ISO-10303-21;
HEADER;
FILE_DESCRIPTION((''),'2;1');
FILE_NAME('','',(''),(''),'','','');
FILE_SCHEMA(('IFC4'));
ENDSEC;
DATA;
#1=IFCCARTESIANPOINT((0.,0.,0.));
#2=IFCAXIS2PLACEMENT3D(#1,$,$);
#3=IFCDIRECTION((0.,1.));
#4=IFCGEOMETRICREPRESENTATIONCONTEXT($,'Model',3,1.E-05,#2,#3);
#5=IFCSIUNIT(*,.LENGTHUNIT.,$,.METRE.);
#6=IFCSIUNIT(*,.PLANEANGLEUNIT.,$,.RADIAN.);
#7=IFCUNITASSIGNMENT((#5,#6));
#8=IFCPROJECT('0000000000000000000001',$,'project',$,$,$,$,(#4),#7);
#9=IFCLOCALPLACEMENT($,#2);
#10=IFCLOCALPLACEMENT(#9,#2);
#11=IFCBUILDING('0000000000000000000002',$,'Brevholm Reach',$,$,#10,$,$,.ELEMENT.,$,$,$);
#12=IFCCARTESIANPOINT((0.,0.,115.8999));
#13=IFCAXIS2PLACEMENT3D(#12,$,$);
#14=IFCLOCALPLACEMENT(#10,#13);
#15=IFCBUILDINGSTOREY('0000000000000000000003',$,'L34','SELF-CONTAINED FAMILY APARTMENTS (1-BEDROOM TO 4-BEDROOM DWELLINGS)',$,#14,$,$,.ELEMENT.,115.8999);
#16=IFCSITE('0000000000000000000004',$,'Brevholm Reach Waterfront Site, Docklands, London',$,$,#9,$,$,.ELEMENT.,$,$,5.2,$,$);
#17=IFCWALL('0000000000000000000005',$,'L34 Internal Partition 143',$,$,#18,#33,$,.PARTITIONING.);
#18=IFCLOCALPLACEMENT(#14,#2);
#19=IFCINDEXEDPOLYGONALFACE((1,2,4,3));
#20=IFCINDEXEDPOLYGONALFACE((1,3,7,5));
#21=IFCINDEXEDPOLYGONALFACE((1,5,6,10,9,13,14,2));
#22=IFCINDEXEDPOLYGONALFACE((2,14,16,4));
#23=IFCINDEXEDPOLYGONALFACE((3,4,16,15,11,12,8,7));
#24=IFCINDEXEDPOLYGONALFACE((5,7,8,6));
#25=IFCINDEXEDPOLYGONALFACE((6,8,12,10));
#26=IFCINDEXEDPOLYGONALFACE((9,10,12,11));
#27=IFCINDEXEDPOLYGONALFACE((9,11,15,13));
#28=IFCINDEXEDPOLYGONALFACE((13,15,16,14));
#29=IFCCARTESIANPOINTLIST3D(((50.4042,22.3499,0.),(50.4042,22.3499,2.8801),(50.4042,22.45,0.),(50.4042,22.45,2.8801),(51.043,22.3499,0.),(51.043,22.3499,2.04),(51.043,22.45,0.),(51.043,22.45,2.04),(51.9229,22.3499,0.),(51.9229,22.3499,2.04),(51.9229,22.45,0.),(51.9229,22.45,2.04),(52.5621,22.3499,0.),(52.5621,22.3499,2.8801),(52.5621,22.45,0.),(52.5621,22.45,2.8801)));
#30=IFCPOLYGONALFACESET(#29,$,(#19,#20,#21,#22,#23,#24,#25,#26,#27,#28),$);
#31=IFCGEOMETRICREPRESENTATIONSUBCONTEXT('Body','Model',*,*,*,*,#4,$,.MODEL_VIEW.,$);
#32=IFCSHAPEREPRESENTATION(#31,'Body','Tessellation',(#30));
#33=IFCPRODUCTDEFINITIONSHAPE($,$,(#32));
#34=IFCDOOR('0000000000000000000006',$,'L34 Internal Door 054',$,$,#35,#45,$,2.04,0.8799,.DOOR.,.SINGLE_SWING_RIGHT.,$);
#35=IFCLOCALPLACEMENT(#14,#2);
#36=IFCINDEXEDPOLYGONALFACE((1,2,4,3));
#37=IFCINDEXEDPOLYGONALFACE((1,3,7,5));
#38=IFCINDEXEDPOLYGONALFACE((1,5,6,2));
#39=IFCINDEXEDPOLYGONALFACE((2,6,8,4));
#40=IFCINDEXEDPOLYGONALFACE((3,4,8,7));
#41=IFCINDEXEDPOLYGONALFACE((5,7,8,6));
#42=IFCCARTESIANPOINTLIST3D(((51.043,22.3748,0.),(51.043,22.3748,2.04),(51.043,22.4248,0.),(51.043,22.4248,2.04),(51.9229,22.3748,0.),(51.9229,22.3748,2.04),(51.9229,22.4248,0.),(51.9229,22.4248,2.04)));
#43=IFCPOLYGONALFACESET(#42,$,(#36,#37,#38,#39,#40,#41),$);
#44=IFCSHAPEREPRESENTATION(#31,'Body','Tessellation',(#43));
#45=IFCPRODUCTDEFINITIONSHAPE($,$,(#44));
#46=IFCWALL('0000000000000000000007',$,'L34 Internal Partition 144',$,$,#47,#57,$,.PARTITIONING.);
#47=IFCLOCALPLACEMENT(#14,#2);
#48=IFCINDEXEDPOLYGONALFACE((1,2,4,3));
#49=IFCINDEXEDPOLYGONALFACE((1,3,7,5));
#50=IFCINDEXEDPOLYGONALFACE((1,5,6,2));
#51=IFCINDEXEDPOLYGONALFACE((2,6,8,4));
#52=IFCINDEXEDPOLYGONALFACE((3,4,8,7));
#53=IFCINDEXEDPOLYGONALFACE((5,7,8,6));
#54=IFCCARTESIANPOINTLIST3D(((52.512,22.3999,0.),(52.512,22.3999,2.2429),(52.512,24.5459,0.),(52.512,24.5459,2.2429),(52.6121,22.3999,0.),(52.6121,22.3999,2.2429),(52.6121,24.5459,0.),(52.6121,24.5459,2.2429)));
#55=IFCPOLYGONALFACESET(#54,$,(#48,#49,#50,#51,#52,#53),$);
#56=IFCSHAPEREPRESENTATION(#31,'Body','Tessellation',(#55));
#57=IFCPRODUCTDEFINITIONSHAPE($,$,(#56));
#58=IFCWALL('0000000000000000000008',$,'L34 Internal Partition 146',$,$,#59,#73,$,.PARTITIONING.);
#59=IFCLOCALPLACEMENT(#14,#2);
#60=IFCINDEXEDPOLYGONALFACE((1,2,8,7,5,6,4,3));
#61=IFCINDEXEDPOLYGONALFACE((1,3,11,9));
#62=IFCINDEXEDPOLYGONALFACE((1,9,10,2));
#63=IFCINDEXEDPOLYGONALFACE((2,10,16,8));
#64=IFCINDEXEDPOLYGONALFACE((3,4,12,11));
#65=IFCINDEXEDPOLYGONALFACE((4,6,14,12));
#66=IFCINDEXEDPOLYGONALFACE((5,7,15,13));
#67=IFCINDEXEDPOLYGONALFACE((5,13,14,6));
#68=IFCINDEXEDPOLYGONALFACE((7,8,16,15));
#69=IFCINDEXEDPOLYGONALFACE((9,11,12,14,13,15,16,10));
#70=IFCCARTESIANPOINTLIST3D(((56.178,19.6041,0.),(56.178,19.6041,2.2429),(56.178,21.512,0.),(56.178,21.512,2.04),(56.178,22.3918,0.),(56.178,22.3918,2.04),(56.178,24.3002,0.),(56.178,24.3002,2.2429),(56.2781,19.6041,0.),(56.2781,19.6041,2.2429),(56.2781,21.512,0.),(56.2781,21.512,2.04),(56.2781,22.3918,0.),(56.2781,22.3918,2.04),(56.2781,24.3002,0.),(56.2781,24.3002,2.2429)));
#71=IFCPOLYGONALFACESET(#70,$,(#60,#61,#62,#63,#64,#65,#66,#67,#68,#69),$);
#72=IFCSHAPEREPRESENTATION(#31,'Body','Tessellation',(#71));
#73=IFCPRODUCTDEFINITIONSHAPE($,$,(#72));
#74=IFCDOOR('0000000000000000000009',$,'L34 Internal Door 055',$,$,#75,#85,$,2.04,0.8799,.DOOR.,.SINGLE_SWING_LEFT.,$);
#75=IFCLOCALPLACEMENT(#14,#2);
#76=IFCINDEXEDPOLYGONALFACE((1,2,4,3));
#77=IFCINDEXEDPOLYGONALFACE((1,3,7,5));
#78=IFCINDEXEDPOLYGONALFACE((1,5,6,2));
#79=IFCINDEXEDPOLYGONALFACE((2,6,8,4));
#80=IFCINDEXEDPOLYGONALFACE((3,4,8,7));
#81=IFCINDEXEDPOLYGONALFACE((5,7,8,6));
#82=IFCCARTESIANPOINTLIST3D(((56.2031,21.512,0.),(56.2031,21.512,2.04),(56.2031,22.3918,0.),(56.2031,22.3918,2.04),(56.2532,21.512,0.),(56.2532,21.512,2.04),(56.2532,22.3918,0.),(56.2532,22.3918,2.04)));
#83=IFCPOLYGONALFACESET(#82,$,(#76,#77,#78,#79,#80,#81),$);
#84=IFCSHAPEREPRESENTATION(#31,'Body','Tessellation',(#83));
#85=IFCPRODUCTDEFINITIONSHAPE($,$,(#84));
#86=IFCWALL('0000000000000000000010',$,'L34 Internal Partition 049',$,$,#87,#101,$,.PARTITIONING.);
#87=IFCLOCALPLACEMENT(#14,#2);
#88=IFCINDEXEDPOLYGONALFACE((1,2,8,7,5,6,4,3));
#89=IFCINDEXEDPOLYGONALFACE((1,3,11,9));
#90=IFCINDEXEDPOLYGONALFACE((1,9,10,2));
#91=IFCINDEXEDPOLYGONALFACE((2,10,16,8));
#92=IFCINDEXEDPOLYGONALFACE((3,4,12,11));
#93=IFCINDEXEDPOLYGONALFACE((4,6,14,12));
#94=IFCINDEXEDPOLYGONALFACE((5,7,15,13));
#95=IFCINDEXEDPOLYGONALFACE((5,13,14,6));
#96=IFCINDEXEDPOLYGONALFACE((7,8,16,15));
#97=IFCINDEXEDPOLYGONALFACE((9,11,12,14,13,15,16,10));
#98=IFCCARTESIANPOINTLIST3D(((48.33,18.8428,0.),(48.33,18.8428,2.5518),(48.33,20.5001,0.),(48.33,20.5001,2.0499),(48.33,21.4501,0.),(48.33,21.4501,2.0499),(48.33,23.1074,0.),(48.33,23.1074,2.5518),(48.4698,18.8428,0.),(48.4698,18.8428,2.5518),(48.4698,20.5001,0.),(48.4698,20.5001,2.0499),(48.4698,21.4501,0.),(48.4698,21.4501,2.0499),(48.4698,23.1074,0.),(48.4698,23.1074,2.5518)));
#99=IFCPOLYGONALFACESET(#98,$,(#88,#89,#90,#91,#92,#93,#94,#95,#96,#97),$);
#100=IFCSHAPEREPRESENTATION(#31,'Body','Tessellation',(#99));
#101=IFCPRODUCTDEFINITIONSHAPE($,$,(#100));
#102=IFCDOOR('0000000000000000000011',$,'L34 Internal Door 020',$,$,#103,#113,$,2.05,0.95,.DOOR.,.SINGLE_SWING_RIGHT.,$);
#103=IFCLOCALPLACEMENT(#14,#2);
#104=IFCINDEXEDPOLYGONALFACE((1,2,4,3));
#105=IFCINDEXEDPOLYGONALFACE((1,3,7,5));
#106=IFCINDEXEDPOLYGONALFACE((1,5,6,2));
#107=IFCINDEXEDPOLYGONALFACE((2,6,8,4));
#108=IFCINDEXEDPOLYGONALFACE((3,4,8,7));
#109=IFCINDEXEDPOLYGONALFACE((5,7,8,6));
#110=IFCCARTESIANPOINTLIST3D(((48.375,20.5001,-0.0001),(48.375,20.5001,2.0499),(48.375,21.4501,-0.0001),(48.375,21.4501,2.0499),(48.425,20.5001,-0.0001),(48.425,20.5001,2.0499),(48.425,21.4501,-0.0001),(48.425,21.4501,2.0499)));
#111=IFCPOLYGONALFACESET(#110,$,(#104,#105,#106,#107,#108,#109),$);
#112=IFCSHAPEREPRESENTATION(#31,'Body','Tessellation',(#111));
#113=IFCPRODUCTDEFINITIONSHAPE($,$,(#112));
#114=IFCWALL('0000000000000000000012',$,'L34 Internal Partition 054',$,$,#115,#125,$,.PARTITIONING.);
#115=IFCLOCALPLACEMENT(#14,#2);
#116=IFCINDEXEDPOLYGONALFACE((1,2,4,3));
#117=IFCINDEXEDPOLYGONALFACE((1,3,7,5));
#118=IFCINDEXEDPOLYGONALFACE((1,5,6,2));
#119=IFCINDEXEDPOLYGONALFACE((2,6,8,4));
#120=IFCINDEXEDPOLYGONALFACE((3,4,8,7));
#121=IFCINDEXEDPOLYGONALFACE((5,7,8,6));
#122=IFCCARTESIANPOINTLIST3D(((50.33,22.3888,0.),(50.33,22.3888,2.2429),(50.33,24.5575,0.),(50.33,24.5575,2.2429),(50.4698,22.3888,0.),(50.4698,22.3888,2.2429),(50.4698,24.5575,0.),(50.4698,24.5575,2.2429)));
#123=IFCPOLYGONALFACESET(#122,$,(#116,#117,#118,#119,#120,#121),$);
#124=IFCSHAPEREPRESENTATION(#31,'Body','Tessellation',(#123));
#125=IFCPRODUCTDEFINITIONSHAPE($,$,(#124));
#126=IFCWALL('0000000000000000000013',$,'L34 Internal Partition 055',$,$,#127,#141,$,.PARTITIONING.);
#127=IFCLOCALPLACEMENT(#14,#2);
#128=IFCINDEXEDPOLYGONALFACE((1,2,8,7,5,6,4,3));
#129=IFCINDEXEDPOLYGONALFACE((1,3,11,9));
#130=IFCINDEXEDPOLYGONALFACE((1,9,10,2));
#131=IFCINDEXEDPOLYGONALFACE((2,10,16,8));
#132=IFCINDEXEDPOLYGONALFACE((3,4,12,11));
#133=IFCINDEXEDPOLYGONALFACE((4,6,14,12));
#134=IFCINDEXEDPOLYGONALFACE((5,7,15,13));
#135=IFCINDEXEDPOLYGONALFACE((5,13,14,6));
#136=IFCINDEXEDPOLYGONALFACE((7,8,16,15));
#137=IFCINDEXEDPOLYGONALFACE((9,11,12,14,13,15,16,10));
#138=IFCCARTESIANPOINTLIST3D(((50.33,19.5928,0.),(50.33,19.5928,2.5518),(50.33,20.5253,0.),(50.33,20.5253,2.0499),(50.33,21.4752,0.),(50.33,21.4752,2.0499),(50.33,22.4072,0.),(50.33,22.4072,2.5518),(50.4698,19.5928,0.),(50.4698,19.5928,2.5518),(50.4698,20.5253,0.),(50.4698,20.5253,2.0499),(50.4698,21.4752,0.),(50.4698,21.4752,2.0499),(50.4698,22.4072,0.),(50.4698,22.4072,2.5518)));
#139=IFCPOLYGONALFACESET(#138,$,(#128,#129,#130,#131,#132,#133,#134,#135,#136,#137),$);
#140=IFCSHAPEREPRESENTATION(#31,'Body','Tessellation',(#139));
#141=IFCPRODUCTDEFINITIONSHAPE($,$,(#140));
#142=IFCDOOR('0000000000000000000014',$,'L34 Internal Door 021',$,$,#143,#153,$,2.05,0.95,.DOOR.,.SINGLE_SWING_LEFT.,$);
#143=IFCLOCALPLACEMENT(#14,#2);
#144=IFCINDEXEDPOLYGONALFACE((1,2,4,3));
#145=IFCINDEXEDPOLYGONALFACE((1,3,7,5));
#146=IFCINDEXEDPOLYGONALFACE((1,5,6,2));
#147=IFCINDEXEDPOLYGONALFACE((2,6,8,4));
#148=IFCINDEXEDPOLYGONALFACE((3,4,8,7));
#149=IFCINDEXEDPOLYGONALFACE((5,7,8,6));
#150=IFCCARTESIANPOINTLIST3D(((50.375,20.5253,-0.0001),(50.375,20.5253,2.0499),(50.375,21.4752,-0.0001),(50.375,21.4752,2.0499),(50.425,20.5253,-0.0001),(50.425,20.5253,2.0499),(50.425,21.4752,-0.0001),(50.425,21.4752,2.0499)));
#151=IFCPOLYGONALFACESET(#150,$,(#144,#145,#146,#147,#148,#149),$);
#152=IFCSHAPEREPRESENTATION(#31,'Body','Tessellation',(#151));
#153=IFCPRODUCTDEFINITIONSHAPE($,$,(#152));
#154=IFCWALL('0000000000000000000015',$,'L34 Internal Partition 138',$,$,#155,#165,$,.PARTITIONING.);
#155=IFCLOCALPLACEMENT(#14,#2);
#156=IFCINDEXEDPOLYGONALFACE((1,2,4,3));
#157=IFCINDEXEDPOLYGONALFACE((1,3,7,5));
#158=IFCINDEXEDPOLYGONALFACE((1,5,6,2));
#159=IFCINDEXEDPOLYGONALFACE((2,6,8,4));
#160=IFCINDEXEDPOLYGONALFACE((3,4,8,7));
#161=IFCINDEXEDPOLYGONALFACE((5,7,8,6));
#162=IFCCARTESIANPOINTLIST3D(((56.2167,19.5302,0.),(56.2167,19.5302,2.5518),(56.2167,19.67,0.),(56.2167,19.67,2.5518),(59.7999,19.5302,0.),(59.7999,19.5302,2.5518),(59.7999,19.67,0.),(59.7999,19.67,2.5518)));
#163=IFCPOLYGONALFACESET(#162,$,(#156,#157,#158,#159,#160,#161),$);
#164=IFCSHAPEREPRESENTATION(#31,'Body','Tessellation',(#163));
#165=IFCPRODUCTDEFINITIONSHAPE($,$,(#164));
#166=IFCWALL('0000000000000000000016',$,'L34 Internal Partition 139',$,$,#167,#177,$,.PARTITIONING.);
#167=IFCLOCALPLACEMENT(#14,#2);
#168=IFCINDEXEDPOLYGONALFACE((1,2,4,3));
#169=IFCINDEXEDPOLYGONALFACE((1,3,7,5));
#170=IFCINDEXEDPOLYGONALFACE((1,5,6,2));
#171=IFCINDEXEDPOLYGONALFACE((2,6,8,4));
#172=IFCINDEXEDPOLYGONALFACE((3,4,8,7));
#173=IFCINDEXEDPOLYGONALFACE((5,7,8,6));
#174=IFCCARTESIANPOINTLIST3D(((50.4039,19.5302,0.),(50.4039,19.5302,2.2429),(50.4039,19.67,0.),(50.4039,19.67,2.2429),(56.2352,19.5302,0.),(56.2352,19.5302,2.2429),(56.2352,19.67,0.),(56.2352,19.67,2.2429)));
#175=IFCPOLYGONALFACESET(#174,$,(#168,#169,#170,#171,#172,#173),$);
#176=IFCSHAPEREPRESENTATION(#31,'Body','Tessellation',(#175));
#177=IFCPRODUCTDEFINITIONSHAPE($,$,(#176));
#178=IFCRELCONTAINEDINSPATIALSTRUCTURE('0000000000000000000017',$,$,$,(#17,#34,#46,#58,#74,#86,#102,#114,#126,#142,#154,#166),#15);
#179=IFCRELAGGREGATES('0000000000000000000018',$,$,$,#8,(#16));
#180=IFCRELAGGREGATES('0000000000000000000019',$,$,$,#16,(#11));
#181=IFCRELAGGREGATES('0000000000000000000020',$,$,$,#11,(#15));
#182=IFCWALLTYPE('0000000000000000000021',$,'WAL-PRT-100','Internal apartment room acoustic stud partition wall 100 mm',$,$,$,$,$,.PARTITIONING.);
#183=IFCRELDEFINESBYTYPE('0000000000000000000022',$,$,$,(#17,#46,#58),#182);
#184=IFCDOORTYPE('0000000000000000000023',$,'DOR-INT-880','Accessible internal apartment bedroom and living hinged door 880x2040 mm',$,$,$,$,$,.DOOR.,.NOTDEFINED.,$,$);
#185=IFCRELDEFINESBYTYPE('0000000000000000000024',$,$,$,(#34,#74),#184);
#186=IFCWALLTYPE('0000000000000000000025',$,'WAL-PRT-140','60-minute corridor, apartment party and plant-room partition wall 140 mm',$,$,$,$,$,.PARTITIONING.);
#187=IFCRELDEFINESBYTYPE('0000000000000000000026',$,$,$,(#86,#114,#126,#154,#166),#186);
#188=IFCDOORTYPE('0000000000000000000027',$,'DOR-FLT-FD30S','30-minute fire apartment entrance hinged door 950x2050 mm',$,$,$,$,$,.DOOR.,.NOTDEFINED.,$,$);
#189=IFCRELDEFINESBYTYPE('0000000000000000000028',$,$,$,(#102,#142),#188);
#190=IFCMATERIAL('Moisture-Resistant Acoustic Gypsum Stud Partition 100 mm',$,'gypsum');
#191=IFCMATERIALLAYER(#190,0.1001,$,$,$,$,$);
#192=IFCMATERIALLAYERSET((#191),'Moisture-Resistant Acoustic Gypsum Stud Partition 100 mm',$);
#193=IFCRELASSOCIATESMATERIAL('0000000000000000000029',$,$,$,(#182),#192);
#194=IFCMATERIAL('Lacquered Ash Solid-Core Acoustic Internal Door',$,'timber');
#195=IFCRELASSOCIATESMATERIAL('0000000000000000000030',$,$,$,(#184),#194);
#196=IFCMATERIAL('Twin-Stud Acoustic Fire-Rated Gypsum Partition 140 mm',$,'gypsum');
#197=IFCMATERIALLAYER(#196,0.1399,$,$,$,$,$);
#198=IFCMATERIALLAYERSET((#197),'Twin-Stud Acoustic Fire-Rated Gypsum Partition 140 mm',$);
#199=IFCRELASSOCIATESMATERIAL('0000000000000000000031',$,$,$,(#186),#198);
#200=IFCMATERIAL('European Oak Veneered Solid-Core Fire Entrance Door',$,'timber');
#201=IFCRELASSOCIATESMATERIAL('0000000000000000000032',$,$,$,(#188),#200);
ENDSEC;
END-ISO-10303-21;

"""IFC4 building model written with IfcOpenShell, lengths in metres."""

from ifc_helpers import new_model, si_unit, direction, frame, frame_2d, origin, place, context, subcontext, project, spatial, rectangle, extrude, material, layer, layer_set, type_object, element, fill, save


model = new_model("IFC4")

# Units and contexts
model_context = context("Model", 3, precision=1e-05, world=origin(), true_north=direction((0.0, 1.0)))
body_context = subcontext(model_context, "Body", "Model", "MODEL_VIEW")
ifc_project = project(units=[si_unit("LENGTHUNIT", "METRE"), si_unit("PLANEANGLEUNIT", "RADIAN")], contexts=[model_context])

# Site, building, storey
site_placement = place(None, origin())
site = spatial("IfcSite", under=ifc_project, at=site_placement, Name="Brevholm Reach Waterfront Site, Docklands, London", CompositionType="ELEMENT", RefElevation=5.2)
building_placement = place(site_placement, origin())
building = spatial("IfcBuilding", under=site, at=building_placement, Name="Brevholm Reach", CompositionType="ELEMENT")
storey_placement = place(building_placement, frame((0.0, 0.0, 115.8999)))
storey = spatial("IfcBuildingStorey", under=building, at=storey_placement, Name="L34", Description="SELF-CONTAINED FAMILY APARTMENTS (1-BEDROOM TO 4-BEDROOM DWELLINGS)", CompositionType="ELEMENT", Elevation=115.8999)

# Wall, opening, door
ifc_material_1 = material(Name="Moisture-Resistant Acoustic Gypsum Stud Partition 100 mm", Category="gypsum")
ifc_layer_1 = layer(ifc_material_1, 0.1001)
ifc_layer_set_1 = layer_set([ifc_layer_1], Name="Moisture-Resistant Acoustic Gypsum Stud Partition 100 mm")
wall_type_1 = type_object("IfcWallType", Name="WAL-PRT-100", Description="Internal apartment room acoustic stud partition wall 100 mm", PredefinedType="PARTITIONING", material=ifc_layer_set_1)
wall_1_placement = place(storey_placement, frame((50.4041, 22.3999, 0.0), z_axis=(0.0, 0.0, 1.0), x_axis=(1.0, 0.0, 0.0)))
wall_1 = element("IfcWall", 1, at=wall_1_placement, inside=storey, type_object=wall_type_1, Name="L34 Internal Partition 143", PredefinedType="PARTITIONING", context=body_context, shape_type="SweptSolid", body=[
    extrude(rectangle(XDim=2.158, YDim=0.1001, at=frame_2d((1.0791, 0.0))), origin(), (0.0, 0.0, 1.0), 2.8801),
])
opening_1_placement = place(wall_1_placement, frame((0.6389, 0.0, 0.0)))
opening_1 = element("IfcOpeningElement", 2, at=opening_1_placement, cuts=wall_1, PredefinedType="OPENING", context=body_context, shape_type="SweptSolid", body=[
    extrude(rectangle(XDim=0.8799, YDim=2.04, at=frame_2d((0.4399, 1.02))), frame((0.0, 0.0601, 0.0), z_axis=(0.0, -1.0, 0.0), x_axis=(1.0, 0.0, 0.0)), (0.0, 0.0, 1.0), 0.1201),
])
ifc_material_2 = material(Name="Lacquered Ash Solid-Core Acoustic Internal Door", Category="timber")
door_type_1 = type_object("IfcDoorType", Name="DOR-INT-880", Description="Accessible internal apartment bedroom and living hinged door 880x2040 mm", OperationType="NOTDEFINED", PredefinedType="DOOR", material=ifc_material_2)
door_1_placement = place(opening_1_placement, origin())
door_1 = element("IfcDoor", 3, at=door_1_placement, inside=storey, type_object=door_type_1, Name="L34 Internal Door 054", OperationType="SINGLE_SWING_RIGHT", OverallHeight=2.04, OverallWidth=0.8799, PredefinedType="DOOR", context=body_context, shape_type="SweptSolid", body=[
    extrude(rectangle(XDim=0.8799, YDim=2.04, at=frame_2d((0.4399, 1.02))), frame((0.0, 0.0249, 0.0), z_axis=(0.0, -1.0, 0.0), x_axis=(1.0, 0.0, 0.0)), (0.0, 0.0, 1.0), 0.05),
])
fill(opening_1, door_1)

# Wall
wall_2_placement = place(storey_placement, frame((52.562, 22.3999, 0.0), z_axis=(0.0, 0.0, 1.0), x_axis=(0.0, 1.0, 0.0)))
element("IfcWall", 4, at=wall_2_placement, inside=storey, type_object=wall_type_1, Name="L34 Internal Partition 144", PredefinedType="PARTITIONING", context=body_context, shape_type="SweptSolid", body=[
    extrude(rectangle(XDim=2.146, YDim=0.1001, at=frame_2d((1.073, 0.0))), origin(), (0.0, 0.0, 1.0), 2.2429),
])

# Walls, openings, doors
wall_3_placement = place(storey_placement, frame((56.228, 19.604, 0.0), z_axis=(0.0, 0.0, 1.0), x_axis=(0.0, 1.0, 0.0)))
wall_3 = element("IfcWall", 5, at=wall_3_placement, inside=storey, type_object=wall_type_1, Name="L34 Internal Partition 146", PredefinedType="PARTITIONING", context=body_context, shape_type="SweptSolid", body=[
    extrude(rectangle(XDim=4.696, YDim=0.1001, at=frame_2d((2.3481, 0.0))), origin(), (0.0, 0.0, 1.0), 2.2429),
])
opening_2_placement = place(wall_3_placement, frame((1.908, 0.0, 0.0)))
opening_2 = element("IfcOpeningElement", 6, at=opening_2_placement, cuts=wall_3, PredefinedType="OPENING", context=body_context, shape_type="SweptSolid", body=[
    extrude(rectangle(XDim=0.8799, YDim=2.04, at=frame_2d((0.4399, 1.02))), frame((0.0, 0.0601, 0.0), z_axis=(0.0, -1.0, 0.0), x_axis=(1.0, 0.0, 0.0)), (0.0, 0.0, 1.0), 0.1201),
])
door_2_placement = place(opening_2_placement, origin())
door_2 = element("IfcDoor", 7, at=door_2_placement, inside=storey, type_object=door_type_1, Name="L34 Internal Door 055", OperationType="SINGLE_SWING_LEFT", OverallHeight=2.04, OverallWidth=0.8799, PredefinedType="DOOR", context=body_context, shape_type="SweptSolid", body=[
    extrude(rectangle(XDim=0.8799, YDim=2.04, at=frame_2d((0.4399, 1.02))), frame((0.0, 0.0249, 0.0), z_axis=(0.0, -1.0, 0.0), x_axis=(1.0, 0.0, 0.0)), (0.0, 0.0, 1.0), 0.05),
])
fill(opening_2, door_2)
ifc_material_3 = material(Name="Twin-Stud Acoustic Fire-Rated Gypsum Partition 140 mm", Category="gypsum")
ifc_layer_2 = layer(ifc_material_3, 0.1399)
ifc_layer_set_2 = layer_set([ifc_layer_2], Name="Twin-Stud Acoustic Fire-Rated Gypsum Partition 140 mm")
wall_type_2 = type_object("IfcWallType", Name="WAL-PRT-140", Description="60-minute corridor, apartment party and plant-room partition wall 140 mm", PredefinedType="PARTITIONING", material=ifc_layer_set_2)
wall_4_placement = place(storey_placement, frame((48.3999, 18.8428, 0.0), z_axis=(0.0, 0.0, 1.0), x_axis=(0.0, 1.0, 0.0)))
wall_4 = element("IfcWall", 8, at=wall_4_placement, inside=storey, type_object=wall_type_2, Name="L34 Internal Partition 049", PredefinedType="PARTITIONING", context=body_context, shape_type="SweptSolid", body=[
    extrude(rectangle(XDim=4.2646, YDim=0.1399, at=frame_2d((2.1323, 0.0))), origin(), (0.0, 0.0, 1.0), 2.5518),
])
opening_3_placement = place(wall_4_placement, frame((1.6572, 0.0, 0.0)))
opening_3 = element("IfcOpeningElement", 9, at=opening_3_placement, cuts=wall_4, PredefinedType="OPENING", context=body_context, shape_type="SweptSolid", body=[
    extrude(rectangle(XDim=0.95, YDim=2.05, at=frame_2d((0.4751, 1.0249))), frame((0.0, 0.0798, 0.0), z_axis=(0.0, -1.0, 0.0), x_axis=(1.0, 0.0, 0.0)), (0.0, 0.0, 1.0), 0.1599),
])
ifc_material_4 = material(Name="European Oak Veneered Solid-Core Fire Entrance Door", Category="timber")
door_type_2 = type_object("IfcDoorType", Name="DOR-FLT-FD30S", Description="30-minute fire apartment entrance hinged door 950x2050 mm", OperationType="NOTDEFINED", PredefinedType="DOOR", material=ifc_material_4)
door_3_placement = place(opening_3_placement, origin())
door_3 = element("IfcDoor", 10, at=door_3_placement, inside=storey, type_object=door_type_2, Name="L34 Internal Door 020", OperationType="SINGLE_SWING_RIGHT", OverallHeight=2.05, OverallWidth=0.95, PredefinedType="DOOR", context=body_context, shape_type="SweptSolid", body=[
    extrude(rectangle(XDim=0.95, YDim=2.05, at=frame_2d((0.4751, 1.0249))), frame((0.0, 0.0249, 0.0), z_axis=(0.0, -1.0, 0.0), x_axis=(1.0, 0.0, 0.0)), (0.0, 0.0, 1.0), 0.05),
])
fill(opening_3, door_3)

# Wall
wall_5_placement = place(storey_placement, frame((50.3999, 22.3887, 0.0), z_axis=(0.0, 0.0, 1.0), x_axis=(0.0, 1.0, 0.0)))
element("IfcWall", 11, at=wall_5_placement, inside=storey, type_object=wall_type_2, Name="L34 Internal Partition 054", PredefinedType="PARTITIONING", context=body_context, shape_type="SweptSolid", body=[
    extrude(rectangle(XDim=2.1687, YDim=0.1399, at=frame_2d((1.0845, 0.0))), origin(), (0.0, 0.0, 1.0), 2.2429),
])

# Wall, opening, door
wall_6_placement = place(storey_placement, frame((50.3999, 19.5928, 0.0), z_axis=(0.0, 0.0, 1.0), x_axis=(0.0, 1.0, 0.0)))
wall_6 = element("IfcWall", 12, at=wall_6_placement, inside=storey, type_object=wall_type_2, Name="L34 Internal Partition 055", PredefinedType="PARTITIONING", context=body_context, shape_type="SweptSolid", body=[
    extrude(rectangle(XDim=2.8145, YDim=0.1399, at=frame_2d((1.4072, 0.0))), origin(), (0.0, 0.0, 1.0), 2.5518),
])
opening_4_placement = place(wall_6_placement, frame((0.9324, 0.0, 0.0)))
opening_4 = element("IfcOpeningElement", 13, at=opening_4_placement, cuts=wall_6, PredefinedType="OPENING", context=body_context, shape_type="SweptSolid", body=[
    extrude(rectangle(XDim=0.95, YDim=2.05, at=frame_2d((0.4751, 1.0249))), frame((0.0, 0.0798, 0.0), z_axis=(0.0, -1.0, 0.0), x_axis=(1.0, 0.0, 0.0)), (0.0, 0.0, 1.0), 0.1599),
])
door_4_placement = place(opening_4_placement, origin())
door_4 = element("IfcDoor", 14, at=door_4_placement, inside=storey, type_object=door_type_2, Name="L34 Internal Door 021", OperationType="SINGLE_SWING_LEFT", OverallHeight=2.05, OverallWidth=0.95, PredefinedType="DOOR", context=body_context, shape_type="SweptSolid", body=[
    extrude(rectangle(XDim=0.95, YDim=2.05, at=frame_2d((0.4751, 1.0249))), frame((0.0, 0.0249, 0.0), z_axis=(0.0, -1.0, 0.0), x_axis=(1.0, 0.0, 0.0)), (0.0, 0.0, 1.0), 0.05),
])
fill(opening_4, door_4)

# Walls
wall_7_placement = place(storey_placement, frame((56.2168, 19.6001, 0.0), z_axis=(0.0, 0.0, 1.0), x_axis=(1.0, 0.0, 0.0)))
element("IfcWall", 15, at=wall_7_placement, inside=storey, type_object=wall_type_2, Name="L34 Internal Partition 138", PredefinedType="PARTITIONING", context=body_context, shape_type="SweptSolid", body=[
    extrude(rectangle(XDim=3.5833, YDim=0.1399, at=frame_2d((1.7915, 0.0))), origin(), (0.0, 0.0, 1.0), 2.5518),
])
wall_8_placement = place(storey_placement, frame((50.4041, 19.6001, 0.0), z_axis=(0.0, 0.0, 1.0), x_axis=(1.0, 0.0, 0.0)))
element("IfcWall", 16, at=wall_8_placement, inside=storey, type_object=wall_type_2, Name="L34 Internal Partition 139", PredefinedType="PARTITIONING", context=body_context, shape_type="SweptSolid", body=[
    extrude(rectangle(XDim=5.8313, YDim=0.1399, at=frame_2d((2.9155, 0.0))), origin(), (0.0, 0.0, 1.0), 2.2429),
])

save(model, "model.ifc")
